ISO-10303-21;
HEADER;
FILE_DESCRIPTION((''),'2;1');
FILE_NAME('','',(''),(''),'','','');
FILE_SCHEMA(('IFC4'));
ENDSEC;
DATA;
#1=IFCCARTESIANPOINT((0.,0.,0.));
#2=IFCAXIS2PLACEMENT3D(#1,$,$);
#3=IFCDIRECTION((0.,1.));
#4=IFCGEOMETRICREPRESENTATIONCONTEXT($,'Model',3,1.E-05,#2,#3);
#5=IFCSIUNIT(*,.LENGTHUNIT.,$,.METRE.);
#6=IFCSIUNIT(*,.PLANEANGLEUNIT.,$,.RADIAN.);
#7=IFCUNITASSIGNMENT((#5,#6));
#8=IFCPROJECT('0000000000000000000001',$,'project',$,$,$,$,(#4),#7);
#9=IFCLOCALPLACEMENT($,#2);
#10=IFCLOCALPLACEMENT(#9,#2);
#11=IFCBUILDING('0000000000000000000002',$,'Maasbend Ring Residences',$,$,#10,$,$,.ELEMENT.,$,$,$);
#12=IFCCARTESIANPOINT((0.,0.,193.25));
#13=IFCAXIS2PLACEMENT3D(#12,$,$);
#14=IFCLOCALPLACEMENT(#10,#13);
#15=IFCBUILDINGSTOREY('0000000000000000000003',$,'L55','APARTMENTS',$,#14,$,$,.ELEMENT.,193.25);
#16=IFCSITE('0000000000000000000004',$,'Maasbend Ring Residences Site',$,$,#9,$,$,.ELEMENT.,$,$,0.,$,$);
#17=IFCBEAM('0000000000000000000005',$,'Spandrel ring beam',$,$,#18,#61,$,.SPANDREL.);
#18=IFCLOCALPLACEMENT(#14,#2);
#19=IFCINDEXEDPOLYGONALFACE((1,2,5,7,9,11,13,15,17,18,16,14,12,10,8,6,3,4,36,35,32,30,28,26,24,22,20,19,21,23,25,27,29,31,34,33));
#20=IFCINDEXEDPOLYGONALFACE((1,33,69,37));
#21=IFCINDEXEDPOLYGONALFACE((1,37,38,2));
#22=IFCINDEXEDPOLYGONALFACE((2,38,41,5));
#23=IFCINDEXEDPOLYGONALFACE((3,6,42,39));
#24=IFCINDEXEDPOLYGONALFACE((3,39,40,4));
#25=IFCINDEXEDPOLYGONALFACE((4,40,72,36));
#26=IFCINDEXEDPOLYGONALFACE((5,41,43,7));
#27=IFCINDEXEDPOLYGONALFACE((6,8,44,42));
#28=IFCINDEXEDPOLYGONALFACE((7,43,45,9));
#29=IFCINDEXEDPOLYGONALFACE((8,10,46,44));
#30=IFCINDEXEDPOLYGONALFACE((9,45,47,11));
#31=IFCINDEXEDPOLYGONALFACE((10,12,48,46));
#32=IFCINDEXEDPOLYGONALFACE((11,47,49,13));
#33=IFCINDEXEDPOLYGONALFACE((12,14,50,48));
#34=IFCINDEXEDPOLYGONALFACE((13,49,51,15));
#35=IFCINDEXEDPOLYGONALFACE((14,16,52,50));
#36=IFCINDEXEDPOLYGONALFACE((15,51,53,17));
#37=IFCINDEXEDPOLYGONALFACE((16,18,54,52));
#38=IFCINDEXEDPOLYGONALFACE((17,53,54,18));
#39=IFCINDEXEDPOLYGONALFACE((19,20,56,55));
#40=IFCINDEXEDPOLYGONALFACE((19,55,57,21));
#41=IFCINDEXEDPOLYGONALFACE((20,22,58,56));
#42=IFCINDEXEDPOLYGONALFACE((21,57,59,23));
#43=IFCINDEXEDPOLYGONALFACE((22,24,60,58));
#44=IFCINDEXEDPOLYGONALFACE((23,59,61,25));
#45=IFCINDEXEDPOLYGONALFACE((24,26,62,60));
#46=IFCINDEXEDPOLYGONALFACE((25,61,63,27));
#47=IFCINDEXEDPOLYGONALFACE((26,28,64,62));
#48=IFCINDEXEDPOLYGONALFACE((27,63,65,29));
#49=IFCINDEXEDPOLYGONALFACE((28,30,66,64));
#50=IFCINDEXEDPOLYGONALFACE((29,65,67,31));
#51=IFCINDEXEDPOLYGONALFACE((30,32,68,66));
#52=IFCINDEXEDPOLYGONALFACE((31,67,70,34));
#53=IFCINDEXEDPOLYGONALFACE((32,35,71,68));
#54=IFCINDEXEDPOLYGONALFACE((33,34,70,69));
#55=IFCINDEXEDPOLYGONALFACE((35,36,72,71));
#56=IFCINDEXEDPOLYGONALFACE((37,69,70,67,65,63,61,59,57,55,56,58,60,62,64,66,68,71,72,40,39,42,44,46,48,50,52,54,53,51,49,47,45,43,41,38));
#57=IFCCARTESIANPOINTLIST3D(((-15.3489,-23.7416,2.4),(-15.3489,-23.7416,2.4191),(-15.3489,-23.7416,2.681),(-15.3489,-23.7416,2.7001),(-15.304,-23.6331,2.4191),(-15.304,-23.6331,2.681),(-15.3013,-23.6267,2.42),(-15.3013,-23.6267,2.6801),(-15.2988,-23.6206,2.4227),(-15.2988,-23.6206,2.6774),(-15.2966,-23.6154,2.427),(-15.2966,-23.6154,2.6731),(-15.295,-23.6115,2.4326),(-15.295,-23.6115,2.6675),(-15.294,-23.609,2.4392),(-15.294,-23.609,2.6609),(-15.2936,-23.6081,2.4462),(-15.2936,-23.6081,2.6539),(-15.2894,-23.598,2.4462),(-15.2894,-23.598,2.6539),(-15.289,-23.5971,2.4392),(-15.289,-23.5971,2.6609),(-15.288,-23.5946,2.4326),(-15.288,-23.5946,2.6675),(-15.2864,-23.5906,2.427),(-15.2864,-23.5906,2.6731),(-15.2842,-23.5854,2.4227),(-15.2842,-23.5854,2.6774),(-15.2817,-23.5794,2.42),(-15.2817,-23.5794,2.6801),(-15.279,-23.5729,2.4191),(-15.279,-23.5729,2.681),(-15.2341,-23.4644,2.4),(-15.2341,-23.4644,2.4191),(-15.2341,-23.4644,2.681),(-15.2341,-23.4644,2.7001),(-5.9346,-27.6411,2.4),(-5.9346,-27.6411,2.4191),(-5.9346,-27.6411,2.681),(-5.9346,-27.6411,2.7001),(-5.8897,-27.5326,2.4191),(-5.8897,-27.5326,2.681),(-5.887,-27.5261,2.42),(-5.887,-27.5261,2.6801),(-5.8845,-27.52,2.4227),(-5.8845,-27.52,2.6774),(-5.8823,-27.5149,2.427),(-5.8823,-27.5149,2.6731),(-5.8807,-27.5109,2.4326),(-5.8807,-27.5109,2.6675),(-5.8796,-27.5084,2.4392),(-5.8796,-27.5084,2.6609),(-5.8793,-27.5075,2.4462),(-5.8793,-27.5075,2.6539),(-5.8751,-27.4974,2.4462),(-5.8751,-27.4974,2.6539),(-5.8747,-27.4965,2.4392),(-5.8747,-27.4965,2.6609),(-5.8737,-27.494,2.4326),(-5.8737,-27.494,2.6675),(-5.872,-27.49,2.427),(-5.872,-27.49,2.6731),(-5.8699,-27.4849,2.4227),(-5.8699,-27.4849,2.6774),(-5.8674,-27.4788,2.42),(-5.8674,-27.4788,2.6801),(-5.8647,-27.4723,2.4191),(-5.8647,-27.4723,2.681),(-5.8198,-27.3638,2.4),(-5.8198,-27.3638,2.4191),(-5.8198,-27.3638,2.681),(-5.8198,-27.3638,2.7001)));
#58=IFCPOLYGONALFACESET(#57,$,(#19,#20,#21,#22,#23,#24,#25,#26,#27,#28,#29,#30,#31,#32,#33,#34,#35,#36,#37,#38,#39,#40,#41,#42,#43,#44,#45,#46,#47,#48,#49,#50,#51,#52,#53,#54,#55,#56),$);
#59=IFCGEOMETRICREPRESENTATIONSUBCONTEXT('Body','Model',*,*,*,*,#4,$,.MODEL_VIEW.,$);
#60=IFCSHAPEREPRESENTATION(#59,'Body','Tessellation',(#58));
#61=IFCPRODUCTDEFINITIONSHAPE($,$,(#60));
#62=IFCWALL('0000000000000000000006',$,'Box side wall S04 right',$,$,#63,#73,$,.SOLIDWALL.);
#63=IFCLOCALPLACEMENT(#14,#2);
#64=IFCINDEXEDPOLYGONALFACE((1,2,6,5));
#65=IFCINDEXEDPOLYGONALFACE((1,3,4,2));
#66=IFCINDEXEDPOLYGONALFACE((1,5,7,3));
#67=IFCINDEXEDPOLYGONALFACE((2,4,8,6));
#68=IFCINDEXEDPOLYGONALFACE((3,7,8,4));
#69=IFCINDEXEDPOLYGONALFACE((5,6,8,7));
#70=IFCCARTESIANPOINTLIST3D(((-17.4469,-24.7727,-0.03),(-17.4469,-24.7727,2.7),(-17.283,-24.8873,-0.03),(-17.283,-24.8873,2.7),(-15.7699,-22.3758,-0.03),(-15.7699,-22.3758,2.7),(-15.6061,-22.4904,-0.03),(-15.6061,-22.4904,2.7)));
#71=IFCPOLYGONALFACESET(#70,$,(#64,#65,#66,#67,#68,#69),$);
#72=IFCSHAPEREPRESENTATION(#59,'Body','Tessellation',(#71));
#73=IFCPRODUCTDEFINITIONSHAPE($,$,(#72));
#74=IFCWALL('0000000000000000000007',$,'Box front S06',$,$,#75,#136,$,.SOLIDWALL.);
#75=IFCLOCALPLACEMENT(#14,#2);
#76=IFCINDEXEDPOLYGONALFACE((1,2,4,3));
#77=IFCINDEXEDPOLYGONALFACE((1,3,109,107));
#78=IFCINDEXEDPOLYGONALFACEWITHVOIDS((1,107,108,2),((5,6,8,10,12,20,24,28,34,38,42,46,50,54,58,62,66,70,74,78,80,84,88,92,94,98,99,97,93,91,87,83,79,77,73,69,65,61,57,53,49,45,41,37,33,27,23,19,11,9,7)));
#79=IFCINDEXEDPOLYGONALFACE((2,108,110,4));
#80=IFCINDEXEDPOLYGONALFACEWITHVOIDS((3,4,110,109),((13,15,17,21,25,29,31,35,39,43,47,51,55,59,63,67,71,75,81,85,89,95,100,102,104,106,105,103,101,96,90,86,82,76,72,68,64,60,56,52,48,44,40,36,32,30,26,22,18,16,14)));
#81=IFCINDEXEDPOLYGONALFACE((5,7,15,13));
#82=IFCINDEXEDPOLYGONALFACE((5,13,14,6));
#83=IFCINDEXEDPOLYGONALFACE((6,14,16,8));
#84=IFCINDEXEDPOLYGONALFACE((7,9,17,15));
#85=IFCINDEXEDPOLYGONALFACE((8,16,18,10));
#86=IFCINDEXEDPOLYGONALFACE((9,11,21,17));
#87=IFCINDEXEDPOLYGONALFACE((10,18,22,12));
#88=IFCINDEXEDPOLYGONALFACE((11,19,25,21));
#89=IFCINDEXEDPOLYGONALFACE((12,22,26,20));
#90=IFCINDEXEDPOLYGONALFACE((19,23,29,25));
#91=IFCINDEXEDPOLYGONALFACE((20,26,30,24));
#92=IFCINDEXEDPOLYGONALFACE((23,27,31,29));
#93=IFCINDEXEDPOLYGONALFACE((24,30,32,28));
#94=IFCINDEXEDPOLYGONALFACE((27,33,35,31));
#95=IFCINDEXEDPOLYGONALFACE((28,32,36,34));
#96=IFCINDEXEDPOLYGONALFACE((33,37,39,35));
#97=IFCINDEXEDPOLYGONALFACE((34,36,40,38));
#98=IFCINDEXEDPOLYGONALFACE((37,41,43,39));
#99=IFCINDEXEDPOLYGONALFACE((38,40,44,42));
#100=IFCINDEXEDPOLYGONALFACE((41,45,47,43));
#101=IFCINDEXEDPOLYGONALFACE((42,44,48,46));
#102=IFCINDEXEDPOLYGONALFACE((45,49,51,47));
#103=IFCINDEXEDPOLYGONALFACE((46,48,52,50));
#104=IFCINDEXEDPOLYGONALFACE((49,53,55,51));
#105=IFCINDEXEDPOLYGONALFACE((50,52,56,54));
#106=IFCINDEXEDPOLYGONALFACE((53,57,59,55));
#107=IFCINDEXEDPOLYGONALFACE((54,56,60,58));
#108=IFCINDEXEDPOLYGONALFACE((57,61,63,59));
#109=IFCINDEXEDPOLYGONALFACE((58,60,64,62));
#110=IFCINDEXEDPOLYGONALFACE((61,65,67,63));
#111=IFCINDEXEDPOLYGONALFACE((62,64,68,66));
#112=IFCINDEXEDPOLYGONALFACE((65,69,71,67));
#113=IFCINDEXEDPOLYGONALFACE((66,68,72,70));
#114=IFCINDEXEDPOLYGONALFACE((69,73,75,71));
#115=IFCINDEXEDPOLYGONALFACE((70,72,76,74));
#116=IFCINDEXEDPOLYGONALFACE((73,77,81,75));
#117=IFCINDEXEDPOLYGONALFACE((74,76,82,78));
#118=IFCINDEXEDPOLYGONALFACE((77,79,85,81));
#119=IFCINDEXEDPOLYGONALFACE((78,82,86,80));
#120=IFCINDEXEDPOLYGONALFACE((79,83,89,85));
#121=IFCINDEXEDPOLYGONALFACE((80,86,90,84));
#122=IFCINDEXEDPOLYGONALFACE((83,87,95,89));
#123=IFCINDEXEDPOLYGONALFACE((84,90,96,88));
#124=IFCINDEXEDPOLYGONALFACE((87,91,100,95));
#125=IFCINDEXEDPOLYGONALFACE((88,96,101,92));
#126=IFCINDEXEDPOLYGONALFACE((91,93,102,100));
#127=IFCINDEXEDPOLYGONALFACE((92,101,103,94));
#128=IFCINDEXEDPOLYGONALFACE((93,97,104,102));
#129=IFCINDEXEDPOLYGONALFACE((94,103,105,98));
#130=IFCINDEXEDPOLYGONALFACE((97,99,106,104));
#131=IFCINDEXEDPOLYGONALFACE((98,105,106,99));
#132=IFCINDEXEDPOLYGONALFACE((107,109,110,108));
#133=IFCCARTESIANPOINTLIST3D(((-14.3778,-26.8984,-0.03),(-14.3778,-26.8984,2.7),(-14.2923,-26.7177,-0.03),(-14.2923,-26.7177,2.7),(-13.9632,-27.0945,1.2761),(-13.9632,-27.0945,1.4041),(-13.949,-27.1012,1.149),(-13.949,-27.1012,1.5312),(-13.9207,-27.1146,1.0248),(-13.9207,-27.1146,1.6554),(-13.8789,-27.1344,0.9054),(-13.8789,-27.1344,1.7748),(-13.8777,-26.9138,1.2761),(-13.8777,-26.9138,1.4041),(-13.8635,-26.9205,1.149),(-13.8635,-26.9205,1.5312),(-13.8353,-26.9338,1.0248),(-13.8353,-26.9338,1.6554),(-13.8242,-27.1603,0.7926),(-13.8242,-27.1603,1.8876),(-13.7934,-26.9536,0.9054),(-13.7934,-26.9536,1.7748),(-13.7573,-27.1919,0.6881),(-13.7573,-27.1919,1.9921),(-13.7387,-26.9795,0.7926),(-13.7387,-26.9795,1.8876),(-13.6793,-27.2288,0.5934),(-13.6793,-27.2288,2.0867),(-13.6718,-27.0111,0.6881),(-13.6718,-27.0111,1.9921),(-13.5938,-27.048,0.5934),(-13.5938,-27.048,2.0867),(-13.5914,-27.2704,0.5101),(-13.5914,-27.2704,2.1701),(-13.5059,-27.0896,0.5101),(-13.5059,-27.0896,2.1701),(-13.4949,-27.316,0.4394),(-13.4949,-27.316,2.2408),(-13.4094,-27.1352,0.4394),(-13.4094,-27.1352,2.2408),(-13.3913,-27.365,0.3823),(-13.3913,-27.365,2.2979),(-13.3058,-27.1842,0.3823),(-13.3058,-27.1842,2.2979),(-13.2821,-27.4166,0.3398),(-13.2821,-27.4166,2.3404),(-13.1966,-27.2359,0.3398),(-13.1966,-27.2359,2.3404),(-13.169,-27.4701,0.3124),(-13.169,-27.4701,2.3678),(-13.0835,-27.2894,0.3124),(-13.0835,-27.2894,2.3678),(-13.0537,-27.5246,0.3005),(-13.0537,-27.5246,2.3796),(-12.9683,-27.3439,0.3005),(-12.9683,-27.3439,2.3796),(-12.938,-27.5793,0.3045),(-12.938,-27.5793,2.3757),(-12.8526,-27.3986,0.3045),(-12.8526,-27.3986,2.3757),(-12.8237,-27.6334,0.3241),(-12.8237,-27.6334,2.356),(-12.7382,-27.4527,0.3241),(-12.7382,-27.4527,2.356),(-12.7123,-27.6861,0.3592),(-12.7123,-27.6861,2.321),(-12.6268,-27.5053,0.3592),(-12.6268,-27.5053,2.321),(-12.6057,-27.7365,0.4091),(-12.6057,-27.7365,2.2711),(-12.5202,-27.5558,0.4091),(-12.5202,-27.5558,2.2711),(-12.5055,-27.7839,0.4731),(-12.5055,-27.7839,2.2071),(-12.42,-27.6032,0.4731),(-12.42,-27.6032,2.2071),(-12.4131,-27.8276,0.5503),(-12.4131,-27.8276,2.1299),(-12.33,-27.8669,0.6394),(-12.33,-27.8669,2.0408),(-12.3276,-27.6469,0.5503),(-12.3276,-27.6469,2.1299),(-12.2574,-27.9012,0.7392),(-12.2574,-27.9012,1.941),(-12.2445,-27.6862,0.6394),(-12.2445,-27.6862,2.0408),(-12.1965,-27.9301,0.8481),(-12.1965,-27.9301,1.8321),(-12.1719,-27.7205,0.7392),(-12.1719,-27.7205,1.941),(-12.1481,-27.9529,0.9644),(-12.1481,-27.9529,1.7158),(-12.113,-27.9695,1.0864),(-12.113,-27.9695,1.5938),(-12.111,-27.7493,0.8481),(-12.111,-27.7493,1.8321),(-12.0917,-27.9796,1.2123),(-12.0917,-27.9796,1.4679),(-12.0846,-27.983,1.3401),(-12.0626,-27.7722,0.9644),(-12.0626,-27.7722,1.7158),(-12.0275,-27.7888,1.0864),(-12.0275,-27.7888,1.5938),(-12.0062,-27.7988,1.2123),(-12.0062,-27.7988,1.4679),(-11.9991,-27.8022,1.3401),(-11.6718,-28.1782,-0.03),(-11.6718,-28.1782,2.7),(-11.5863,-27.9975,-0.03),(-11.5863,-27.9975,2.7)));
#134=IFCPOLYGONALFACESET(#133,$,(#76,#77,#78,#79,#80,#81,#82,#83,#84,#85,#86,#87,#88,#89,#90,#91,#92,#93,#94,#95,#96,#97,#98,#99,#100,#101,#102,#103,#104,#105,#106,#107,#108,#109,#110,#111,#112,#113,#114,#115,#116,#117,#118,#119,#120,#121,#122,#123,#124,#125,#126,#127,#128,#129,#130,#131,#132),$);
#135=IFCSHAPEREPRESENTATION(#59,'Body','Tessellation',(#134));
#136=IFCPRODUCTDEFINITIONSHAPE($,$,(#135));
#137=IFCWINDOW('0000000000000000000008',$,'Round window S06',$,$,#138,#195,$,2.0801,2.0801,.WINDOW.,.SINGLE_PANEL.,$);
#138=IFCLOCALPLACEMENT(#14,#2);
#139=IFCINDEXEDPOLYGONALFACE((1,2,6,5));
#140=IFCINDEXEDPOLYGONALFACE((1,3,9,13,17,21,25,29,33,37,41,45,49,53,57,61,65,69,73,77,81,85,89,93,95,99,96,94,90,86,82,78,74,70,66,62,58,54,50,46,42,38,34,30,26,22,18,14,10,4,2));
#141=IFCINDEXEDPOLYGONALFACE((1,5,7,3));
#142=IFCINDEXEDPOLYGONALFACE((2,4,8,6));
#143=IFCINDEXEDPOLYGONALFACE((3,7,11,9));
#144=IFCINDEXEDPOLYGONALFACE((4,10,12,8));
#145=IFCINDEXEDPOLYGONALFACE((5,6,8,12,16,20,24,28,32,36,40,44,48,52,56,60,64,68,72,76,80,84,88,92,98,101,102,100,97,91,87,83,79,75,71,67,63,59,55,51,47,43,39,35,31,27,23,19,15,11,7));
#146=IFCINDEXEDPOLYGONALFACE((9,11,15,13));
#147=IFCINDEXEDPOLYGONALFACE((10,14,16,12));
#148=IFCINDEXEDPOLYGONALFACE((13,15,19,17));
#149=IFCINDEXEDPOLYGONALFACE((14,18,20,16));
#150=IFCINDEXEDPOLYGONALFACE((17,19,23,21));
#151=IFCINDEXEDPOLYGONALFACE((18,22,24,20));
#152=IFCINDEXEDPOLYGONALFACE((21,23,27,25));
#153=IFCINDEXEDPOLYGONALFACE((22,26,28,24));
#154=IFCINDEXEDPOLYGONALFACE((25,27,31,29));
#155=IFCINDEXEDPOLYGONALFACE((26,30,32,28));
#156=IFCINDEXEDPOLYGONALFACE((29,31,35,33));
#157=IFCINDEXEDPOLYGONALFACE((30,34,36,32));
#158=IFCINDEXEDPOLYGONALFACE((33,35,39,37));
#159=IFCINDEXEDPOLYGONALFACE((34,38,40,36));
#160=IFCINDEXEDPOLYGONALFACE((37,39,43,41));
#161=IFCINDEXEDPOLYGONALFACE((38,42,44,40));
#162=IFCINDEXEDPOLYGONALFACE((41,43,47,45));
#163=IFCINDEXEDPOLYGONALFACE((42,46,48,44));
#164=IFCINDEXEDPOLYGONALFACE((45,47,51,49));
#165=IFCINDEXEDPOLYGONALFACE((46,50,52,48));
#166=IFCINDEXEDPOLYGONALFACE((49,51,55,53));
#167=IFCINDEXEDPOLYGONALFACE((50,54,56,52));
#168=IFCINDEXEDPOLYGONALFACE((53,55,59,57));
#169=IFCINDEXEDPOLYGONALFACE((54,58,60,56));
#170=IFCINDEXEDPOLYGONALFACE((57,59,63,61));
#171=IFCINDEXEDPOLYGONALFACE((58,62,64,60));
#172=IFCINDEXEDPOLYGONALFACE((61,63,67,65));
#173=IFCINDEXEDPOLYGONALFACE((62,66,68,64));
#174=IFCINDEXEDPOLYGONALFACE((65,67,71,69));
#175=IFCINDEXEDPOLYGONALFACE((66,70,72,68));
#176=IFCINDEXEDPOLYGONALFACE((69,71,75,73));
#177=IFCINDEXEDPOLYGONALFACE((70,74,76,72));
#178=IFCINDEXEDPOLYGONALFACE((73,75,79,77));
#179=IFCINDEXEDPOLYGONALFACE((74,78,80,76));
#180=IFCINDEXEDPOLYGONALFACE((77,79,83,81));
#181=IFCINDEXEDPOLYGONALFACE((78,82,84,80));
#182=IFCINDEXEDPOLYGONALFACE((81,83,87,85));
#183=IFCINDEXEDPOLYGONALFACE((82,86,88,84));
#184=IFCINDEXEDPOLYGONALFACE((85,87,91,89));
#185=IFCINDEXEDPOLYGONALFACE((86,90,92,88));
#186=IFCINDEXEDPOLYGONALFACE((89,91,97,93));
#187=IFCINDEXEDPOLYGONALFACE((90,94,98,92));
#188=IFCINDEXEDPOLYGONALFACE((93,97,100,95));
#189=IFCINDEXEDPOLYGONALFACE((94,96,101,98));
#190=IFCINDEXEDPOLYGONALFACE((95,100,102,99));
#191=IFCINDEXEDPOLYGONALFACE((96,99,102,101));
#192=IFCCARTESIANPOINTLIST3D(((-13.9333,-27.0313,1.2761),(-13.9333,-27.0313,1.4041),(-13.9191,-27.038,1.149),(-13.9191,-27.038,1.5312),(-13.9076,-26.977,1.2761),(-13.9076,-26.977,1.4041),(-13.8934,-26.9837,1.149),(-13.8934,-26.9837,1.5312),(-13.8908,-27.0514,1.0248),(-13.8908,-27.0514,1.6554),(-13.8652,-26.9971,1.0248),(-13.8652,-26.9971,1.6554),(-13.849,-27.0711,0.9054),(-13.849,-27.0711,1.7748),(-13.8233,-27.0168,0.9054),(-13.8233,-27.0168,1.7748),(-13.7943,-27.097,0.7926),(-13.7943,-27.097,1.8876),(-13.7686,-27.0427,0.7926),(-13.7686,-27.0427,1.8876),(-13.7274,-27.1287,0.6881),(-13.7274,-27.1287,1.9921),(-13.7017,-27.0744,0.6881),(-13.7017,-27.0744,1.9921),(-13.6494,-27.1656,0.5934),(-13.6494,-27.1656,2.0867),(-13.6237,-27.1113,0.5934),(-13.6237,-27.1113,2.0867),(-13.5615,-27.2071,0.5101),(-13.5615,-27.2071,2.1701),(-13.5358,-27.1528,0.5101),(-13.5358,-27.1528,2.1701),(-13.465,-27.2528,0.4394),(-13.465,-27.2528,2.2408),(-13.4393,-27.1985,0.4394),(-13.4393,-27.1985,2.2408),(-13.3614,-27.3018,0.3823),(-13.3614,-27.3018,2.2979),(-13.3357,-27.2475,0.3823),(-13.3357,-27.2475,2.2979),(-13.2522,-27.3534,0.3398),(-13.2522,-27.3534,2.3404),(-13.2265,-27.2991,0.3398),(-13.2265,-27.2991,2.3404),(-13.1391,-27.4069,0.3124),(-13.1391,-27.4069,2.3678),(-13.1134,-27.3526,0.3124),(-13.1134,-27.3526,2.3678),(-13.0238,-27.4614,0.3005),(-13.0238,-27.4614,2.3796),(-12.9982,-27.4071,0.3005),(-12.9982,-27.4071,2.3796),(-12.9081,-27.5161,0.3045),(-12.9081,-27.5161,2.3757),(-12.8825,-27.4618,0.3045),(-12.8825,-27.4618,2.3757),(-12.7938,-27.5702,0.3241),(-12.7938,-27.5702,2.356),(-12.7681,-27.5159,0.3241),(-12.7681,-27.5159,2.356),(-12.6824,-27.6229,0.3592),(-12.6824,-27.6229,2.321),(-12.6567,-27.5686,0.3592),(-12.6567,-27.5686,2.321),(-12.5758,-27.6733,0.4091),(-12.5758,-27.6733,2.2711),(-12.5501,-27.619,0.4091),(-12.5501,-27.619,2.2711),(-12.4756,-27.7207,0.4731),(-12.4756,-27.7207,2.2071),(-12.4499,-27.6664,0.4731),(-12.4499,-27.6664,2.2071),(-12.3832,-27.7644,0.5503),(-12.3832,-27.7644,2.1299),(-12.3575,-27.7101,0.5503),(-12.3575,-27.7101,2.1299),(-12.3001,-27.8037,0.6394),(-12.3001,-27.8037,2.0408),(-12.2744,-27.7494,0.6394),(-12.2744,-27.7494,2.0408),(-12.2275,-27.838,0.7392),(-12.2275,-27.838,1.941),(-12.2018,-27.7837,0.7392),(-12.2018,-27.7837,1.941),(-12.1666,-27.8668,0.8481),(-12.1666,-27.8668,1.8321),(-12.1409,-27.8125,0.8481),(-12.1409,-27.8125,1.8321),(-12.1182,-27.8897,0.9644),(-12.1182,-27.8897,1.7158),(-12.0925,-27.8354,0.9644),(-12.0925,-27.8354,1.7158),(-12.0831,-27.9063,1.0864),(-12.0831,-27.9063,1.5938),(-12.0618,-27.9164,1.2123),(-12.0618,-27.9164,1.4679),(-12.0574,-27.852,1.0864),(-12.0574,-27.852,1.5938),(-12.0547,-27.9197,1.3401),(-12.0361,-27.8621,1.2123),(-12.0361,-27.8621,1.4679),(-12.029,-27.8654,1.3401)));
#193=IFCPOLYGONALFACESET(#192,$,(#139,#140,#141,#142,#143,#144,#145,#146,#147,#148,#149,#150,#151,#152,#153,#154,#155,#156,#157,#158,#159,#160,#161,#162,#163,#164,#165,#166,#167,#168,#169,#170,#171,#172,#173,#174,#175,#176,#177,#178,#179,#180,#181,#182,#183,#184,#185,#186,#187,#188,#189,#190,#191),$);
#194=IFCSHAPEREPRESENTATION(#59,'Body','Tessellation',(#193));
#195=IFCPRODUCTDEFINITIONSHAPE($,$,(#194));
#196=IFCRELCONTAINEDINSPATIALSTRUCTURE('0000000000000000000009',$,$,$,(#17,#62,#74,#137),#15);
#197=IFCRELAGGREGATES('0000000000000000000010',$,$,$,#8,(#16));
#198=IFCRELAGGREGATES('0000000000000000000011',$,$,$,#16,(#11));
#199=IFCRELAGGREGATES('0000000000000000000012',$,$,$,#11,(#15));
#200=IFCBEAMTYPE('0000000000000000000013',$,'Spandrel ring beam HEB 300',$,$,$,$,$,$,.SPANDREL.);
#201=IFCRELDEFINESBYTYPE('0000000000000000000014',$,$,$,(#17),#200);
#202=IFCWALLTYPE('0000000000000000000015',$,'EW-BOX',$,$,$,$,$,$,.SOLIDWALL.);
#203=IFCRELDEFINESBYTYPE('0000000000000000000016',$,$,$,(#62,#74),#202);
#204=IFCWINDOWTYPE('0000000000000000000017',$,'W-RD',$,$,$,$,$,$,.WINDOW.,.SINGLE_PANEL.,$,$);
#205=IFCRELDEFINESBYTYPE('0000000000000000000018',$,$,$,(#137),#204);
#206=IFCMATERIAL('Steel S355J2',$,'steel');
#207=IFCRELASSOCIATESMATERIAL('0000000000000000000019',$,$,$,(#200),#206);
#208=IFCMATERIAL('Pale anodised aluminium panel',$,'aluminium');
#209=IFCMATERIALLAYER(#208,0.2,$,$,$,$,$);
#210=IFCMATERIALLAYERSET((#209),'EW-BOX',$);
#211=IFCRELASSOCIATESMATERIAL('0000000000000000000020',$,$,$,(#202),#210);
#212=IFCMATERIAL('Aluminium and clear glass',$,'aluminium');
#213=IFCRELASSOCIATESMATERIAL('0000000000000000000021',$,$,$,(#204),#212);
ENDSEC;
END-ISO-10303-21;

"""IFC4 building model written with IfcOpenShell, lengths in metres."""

from ifc_helpers import new_model, si_unit, direction, frame, frame_2d, origin, origin_2d, place, context, subcontext, project, spatial, rectangle, circle, i_section, extrude, material, layer, layer_set, material_profile, profile_set, type_object, element, fill, save


model = new_model("IFC4")

# Units and contexts
model_context = context("Model", 3, precision=1e-05, world=origin(), true_north=direction((0.0, 1.0)))
body_context = subcontext(model_context, "Body", "Model", "MODEL_VIEW")
ifc_project = project(units=[si_unit("LENGTHUNIT", "METRE"), si_unit("PLANEANGLEUNIT", "RADIAN")], contexts=[model_context])

# Site, building, storey
site_placement = place(None, origin())
site = spatial("IfcSite", under=ifc_project, at=site_placement, Name="Maasbend Ring Residences Site", CompositionType="ELEMENT", RefElevation=0.0)
building_placement = place(site_placement, origin())
building = spatial("IfcBuilding", under=site, at=building_placement, Name="Maasbend Ring Residences", CompositionType="ELEMENT")
storey_placement = place(building_placement, frame((0.0, 0.0, 193.25)))
storey = spatial("IfcBuildingStorey", under=building, at=storey_placement, Name="L55", Description="APARTMENTS", CompositionType="ELEMENT", Elevation=193.25)

# Beam
ifc_material_1 = material(Name="Steel S355J2", Category="steel")
ifc_material_profile_1 = material_profile(ifc_material_1, i_section(OverallWidth=0.3, OverallDepth=0.3, WebThickness=0.011, FlangeThickness=0.019, FilletRadius=0.0271, at=origin_2d()), Name="HEB 300")
ifc_profile_set_1 = profile_set([ifc_material_profile_1], Name="Steel S355J2")
beam_type_1 = type_object("IfcBeamType", Name="Spandrel ring beam HEB 300", PredefinedType="SPANDREL", material=ifc_profile_set_1)
beam_1_placement = place(storey_placement, frame((-15.2915, -23.603, 2.55), z_axis=(0.923884, -0.382673, 0.0), x_axis=(0.382673, 0.923884, 0.0)))
element("IfcBeam", 1, at=beam_1_placement, inside=storey, type_object=beam_type_1, Name="Spandrel ring beam", PredefinedType="SPANDREL", context=body_context, shape_type="SweptSolid", body=[
    extrude(i_section(OverallWidth=0.3, OverallDepth=0.3, WebThickness=0.011, FlangeThickness=0.019, FilletRadius=0.0271, at=origin_2d()), origin(), (0.0, 0.0, 1.0), 10.1899),
])

# Wall
ifc_material_2 = material(Name="Pale anodised aluminium panel", Category="aluminium")
ifc_layer_1 = layer(ifc_material_2, 0.2)
ifc_layer_set_1 = layer_set([ifc_layer_1], Name="EW-BOX")
wall_type_1 = type_object("IfcWallType", Name="EW-BOX", PredefinedType="SOLIDWALL", material=ifc_layer_set_1)
wall_1_placement = place(storey_placement, frame((-15.688, -22.4331, -0.03), z_axis=(0.0, 0.0, 1.0), x_axis=(-0.573261, -0.819373, 0.0)))
element("IfcWall", 2, at=wall_1_placement, inside=storey, type_object=wall_type_1, Name="Box side wall S04 right", PredefinedType="SOLIDWALL", context=body_context, shape_type="SweptSolid", body=[
    extrude(rectangle(XDim=2.9253, YDim=0.2, at=frame_2d((1.4626, 0.0))), origin(), (0.0, 0.0, 1.0), 2.73),
])

# Wall, opening, window
wall_2_placement = place(storey_placement, frame((-14.335, -26.8081, -0.03), z_axis=(0.0, 0.0, 1.0), x_axis=(0.904, -0.427532, 0.0)))
wall_2 = element("IfcWall", 3, at=wall_2_placement, inside=storey, type_object=wall_type_1, Name="Box front S06", PredefinedType="SOLIDWALL", context=body_context, shape_type="SweptSolid", body=[
    extrude(rectangle(XDim=2.9934, YDim=0.2, at=frame_2d((1.4966, 0.0))), origin(), (0.0, 0.0, 1.0), 2.73),
])
opening_1_placement = place(wall_2_placement, frame((0.4565, 0.0, 0.3301)))
opening_1 = element("IfcOpeningElement", 4, at=opening_1_placement, cuts=wall_2, PredefinedType="OPENING", context=body_context, shape_type="SweptSolid", body=[
    extrude(circle(Radius=1.04, at=frame_2d((1.04, 1.04))), frame((0.0, 0.1099, 0.0), z_axis=(0.0, -1.0, 0.0), x_axis=(1.0, 0.0, 0.0)), (0.0, 0.0, 1.0), 0.22),
])
ifc_material_3 = material(Name="Aluminium and clear glass", Category="aluminium")
window_type_1 = type_object("IfcWindowType", Name="W-RD", PartitioningType="SINGLE_PANEL", PredefinedType="WINDOW", material=ifc_material_3)
window_1_placement = place(opening_1_placement, origin())
window_1 = element("IfcWindow", 5, at=window_1_placement, inside=storey, type_object=window_type_1, Name="Round window S06", OverallHeight=2.0801, OverallWidth=2.0801, PartitioningType="SINGLE_PANEL", PredefinedType="WINDOW", context=body_context, shape_type="SweptSolid", body=[
    extrude(circle(Radius=1.04, at=frame_2d((1.04, 1.04))), frame((0.0, 0.03, 0.0), z_axis=(0.0, -1.0, 0.0), x_axis=(1.0, 0.0, 0.0)), (0.0, 0.0, 1.0), 0.0601),
])
fill(opening_1, window_1)

save(model, "model.ifc")
